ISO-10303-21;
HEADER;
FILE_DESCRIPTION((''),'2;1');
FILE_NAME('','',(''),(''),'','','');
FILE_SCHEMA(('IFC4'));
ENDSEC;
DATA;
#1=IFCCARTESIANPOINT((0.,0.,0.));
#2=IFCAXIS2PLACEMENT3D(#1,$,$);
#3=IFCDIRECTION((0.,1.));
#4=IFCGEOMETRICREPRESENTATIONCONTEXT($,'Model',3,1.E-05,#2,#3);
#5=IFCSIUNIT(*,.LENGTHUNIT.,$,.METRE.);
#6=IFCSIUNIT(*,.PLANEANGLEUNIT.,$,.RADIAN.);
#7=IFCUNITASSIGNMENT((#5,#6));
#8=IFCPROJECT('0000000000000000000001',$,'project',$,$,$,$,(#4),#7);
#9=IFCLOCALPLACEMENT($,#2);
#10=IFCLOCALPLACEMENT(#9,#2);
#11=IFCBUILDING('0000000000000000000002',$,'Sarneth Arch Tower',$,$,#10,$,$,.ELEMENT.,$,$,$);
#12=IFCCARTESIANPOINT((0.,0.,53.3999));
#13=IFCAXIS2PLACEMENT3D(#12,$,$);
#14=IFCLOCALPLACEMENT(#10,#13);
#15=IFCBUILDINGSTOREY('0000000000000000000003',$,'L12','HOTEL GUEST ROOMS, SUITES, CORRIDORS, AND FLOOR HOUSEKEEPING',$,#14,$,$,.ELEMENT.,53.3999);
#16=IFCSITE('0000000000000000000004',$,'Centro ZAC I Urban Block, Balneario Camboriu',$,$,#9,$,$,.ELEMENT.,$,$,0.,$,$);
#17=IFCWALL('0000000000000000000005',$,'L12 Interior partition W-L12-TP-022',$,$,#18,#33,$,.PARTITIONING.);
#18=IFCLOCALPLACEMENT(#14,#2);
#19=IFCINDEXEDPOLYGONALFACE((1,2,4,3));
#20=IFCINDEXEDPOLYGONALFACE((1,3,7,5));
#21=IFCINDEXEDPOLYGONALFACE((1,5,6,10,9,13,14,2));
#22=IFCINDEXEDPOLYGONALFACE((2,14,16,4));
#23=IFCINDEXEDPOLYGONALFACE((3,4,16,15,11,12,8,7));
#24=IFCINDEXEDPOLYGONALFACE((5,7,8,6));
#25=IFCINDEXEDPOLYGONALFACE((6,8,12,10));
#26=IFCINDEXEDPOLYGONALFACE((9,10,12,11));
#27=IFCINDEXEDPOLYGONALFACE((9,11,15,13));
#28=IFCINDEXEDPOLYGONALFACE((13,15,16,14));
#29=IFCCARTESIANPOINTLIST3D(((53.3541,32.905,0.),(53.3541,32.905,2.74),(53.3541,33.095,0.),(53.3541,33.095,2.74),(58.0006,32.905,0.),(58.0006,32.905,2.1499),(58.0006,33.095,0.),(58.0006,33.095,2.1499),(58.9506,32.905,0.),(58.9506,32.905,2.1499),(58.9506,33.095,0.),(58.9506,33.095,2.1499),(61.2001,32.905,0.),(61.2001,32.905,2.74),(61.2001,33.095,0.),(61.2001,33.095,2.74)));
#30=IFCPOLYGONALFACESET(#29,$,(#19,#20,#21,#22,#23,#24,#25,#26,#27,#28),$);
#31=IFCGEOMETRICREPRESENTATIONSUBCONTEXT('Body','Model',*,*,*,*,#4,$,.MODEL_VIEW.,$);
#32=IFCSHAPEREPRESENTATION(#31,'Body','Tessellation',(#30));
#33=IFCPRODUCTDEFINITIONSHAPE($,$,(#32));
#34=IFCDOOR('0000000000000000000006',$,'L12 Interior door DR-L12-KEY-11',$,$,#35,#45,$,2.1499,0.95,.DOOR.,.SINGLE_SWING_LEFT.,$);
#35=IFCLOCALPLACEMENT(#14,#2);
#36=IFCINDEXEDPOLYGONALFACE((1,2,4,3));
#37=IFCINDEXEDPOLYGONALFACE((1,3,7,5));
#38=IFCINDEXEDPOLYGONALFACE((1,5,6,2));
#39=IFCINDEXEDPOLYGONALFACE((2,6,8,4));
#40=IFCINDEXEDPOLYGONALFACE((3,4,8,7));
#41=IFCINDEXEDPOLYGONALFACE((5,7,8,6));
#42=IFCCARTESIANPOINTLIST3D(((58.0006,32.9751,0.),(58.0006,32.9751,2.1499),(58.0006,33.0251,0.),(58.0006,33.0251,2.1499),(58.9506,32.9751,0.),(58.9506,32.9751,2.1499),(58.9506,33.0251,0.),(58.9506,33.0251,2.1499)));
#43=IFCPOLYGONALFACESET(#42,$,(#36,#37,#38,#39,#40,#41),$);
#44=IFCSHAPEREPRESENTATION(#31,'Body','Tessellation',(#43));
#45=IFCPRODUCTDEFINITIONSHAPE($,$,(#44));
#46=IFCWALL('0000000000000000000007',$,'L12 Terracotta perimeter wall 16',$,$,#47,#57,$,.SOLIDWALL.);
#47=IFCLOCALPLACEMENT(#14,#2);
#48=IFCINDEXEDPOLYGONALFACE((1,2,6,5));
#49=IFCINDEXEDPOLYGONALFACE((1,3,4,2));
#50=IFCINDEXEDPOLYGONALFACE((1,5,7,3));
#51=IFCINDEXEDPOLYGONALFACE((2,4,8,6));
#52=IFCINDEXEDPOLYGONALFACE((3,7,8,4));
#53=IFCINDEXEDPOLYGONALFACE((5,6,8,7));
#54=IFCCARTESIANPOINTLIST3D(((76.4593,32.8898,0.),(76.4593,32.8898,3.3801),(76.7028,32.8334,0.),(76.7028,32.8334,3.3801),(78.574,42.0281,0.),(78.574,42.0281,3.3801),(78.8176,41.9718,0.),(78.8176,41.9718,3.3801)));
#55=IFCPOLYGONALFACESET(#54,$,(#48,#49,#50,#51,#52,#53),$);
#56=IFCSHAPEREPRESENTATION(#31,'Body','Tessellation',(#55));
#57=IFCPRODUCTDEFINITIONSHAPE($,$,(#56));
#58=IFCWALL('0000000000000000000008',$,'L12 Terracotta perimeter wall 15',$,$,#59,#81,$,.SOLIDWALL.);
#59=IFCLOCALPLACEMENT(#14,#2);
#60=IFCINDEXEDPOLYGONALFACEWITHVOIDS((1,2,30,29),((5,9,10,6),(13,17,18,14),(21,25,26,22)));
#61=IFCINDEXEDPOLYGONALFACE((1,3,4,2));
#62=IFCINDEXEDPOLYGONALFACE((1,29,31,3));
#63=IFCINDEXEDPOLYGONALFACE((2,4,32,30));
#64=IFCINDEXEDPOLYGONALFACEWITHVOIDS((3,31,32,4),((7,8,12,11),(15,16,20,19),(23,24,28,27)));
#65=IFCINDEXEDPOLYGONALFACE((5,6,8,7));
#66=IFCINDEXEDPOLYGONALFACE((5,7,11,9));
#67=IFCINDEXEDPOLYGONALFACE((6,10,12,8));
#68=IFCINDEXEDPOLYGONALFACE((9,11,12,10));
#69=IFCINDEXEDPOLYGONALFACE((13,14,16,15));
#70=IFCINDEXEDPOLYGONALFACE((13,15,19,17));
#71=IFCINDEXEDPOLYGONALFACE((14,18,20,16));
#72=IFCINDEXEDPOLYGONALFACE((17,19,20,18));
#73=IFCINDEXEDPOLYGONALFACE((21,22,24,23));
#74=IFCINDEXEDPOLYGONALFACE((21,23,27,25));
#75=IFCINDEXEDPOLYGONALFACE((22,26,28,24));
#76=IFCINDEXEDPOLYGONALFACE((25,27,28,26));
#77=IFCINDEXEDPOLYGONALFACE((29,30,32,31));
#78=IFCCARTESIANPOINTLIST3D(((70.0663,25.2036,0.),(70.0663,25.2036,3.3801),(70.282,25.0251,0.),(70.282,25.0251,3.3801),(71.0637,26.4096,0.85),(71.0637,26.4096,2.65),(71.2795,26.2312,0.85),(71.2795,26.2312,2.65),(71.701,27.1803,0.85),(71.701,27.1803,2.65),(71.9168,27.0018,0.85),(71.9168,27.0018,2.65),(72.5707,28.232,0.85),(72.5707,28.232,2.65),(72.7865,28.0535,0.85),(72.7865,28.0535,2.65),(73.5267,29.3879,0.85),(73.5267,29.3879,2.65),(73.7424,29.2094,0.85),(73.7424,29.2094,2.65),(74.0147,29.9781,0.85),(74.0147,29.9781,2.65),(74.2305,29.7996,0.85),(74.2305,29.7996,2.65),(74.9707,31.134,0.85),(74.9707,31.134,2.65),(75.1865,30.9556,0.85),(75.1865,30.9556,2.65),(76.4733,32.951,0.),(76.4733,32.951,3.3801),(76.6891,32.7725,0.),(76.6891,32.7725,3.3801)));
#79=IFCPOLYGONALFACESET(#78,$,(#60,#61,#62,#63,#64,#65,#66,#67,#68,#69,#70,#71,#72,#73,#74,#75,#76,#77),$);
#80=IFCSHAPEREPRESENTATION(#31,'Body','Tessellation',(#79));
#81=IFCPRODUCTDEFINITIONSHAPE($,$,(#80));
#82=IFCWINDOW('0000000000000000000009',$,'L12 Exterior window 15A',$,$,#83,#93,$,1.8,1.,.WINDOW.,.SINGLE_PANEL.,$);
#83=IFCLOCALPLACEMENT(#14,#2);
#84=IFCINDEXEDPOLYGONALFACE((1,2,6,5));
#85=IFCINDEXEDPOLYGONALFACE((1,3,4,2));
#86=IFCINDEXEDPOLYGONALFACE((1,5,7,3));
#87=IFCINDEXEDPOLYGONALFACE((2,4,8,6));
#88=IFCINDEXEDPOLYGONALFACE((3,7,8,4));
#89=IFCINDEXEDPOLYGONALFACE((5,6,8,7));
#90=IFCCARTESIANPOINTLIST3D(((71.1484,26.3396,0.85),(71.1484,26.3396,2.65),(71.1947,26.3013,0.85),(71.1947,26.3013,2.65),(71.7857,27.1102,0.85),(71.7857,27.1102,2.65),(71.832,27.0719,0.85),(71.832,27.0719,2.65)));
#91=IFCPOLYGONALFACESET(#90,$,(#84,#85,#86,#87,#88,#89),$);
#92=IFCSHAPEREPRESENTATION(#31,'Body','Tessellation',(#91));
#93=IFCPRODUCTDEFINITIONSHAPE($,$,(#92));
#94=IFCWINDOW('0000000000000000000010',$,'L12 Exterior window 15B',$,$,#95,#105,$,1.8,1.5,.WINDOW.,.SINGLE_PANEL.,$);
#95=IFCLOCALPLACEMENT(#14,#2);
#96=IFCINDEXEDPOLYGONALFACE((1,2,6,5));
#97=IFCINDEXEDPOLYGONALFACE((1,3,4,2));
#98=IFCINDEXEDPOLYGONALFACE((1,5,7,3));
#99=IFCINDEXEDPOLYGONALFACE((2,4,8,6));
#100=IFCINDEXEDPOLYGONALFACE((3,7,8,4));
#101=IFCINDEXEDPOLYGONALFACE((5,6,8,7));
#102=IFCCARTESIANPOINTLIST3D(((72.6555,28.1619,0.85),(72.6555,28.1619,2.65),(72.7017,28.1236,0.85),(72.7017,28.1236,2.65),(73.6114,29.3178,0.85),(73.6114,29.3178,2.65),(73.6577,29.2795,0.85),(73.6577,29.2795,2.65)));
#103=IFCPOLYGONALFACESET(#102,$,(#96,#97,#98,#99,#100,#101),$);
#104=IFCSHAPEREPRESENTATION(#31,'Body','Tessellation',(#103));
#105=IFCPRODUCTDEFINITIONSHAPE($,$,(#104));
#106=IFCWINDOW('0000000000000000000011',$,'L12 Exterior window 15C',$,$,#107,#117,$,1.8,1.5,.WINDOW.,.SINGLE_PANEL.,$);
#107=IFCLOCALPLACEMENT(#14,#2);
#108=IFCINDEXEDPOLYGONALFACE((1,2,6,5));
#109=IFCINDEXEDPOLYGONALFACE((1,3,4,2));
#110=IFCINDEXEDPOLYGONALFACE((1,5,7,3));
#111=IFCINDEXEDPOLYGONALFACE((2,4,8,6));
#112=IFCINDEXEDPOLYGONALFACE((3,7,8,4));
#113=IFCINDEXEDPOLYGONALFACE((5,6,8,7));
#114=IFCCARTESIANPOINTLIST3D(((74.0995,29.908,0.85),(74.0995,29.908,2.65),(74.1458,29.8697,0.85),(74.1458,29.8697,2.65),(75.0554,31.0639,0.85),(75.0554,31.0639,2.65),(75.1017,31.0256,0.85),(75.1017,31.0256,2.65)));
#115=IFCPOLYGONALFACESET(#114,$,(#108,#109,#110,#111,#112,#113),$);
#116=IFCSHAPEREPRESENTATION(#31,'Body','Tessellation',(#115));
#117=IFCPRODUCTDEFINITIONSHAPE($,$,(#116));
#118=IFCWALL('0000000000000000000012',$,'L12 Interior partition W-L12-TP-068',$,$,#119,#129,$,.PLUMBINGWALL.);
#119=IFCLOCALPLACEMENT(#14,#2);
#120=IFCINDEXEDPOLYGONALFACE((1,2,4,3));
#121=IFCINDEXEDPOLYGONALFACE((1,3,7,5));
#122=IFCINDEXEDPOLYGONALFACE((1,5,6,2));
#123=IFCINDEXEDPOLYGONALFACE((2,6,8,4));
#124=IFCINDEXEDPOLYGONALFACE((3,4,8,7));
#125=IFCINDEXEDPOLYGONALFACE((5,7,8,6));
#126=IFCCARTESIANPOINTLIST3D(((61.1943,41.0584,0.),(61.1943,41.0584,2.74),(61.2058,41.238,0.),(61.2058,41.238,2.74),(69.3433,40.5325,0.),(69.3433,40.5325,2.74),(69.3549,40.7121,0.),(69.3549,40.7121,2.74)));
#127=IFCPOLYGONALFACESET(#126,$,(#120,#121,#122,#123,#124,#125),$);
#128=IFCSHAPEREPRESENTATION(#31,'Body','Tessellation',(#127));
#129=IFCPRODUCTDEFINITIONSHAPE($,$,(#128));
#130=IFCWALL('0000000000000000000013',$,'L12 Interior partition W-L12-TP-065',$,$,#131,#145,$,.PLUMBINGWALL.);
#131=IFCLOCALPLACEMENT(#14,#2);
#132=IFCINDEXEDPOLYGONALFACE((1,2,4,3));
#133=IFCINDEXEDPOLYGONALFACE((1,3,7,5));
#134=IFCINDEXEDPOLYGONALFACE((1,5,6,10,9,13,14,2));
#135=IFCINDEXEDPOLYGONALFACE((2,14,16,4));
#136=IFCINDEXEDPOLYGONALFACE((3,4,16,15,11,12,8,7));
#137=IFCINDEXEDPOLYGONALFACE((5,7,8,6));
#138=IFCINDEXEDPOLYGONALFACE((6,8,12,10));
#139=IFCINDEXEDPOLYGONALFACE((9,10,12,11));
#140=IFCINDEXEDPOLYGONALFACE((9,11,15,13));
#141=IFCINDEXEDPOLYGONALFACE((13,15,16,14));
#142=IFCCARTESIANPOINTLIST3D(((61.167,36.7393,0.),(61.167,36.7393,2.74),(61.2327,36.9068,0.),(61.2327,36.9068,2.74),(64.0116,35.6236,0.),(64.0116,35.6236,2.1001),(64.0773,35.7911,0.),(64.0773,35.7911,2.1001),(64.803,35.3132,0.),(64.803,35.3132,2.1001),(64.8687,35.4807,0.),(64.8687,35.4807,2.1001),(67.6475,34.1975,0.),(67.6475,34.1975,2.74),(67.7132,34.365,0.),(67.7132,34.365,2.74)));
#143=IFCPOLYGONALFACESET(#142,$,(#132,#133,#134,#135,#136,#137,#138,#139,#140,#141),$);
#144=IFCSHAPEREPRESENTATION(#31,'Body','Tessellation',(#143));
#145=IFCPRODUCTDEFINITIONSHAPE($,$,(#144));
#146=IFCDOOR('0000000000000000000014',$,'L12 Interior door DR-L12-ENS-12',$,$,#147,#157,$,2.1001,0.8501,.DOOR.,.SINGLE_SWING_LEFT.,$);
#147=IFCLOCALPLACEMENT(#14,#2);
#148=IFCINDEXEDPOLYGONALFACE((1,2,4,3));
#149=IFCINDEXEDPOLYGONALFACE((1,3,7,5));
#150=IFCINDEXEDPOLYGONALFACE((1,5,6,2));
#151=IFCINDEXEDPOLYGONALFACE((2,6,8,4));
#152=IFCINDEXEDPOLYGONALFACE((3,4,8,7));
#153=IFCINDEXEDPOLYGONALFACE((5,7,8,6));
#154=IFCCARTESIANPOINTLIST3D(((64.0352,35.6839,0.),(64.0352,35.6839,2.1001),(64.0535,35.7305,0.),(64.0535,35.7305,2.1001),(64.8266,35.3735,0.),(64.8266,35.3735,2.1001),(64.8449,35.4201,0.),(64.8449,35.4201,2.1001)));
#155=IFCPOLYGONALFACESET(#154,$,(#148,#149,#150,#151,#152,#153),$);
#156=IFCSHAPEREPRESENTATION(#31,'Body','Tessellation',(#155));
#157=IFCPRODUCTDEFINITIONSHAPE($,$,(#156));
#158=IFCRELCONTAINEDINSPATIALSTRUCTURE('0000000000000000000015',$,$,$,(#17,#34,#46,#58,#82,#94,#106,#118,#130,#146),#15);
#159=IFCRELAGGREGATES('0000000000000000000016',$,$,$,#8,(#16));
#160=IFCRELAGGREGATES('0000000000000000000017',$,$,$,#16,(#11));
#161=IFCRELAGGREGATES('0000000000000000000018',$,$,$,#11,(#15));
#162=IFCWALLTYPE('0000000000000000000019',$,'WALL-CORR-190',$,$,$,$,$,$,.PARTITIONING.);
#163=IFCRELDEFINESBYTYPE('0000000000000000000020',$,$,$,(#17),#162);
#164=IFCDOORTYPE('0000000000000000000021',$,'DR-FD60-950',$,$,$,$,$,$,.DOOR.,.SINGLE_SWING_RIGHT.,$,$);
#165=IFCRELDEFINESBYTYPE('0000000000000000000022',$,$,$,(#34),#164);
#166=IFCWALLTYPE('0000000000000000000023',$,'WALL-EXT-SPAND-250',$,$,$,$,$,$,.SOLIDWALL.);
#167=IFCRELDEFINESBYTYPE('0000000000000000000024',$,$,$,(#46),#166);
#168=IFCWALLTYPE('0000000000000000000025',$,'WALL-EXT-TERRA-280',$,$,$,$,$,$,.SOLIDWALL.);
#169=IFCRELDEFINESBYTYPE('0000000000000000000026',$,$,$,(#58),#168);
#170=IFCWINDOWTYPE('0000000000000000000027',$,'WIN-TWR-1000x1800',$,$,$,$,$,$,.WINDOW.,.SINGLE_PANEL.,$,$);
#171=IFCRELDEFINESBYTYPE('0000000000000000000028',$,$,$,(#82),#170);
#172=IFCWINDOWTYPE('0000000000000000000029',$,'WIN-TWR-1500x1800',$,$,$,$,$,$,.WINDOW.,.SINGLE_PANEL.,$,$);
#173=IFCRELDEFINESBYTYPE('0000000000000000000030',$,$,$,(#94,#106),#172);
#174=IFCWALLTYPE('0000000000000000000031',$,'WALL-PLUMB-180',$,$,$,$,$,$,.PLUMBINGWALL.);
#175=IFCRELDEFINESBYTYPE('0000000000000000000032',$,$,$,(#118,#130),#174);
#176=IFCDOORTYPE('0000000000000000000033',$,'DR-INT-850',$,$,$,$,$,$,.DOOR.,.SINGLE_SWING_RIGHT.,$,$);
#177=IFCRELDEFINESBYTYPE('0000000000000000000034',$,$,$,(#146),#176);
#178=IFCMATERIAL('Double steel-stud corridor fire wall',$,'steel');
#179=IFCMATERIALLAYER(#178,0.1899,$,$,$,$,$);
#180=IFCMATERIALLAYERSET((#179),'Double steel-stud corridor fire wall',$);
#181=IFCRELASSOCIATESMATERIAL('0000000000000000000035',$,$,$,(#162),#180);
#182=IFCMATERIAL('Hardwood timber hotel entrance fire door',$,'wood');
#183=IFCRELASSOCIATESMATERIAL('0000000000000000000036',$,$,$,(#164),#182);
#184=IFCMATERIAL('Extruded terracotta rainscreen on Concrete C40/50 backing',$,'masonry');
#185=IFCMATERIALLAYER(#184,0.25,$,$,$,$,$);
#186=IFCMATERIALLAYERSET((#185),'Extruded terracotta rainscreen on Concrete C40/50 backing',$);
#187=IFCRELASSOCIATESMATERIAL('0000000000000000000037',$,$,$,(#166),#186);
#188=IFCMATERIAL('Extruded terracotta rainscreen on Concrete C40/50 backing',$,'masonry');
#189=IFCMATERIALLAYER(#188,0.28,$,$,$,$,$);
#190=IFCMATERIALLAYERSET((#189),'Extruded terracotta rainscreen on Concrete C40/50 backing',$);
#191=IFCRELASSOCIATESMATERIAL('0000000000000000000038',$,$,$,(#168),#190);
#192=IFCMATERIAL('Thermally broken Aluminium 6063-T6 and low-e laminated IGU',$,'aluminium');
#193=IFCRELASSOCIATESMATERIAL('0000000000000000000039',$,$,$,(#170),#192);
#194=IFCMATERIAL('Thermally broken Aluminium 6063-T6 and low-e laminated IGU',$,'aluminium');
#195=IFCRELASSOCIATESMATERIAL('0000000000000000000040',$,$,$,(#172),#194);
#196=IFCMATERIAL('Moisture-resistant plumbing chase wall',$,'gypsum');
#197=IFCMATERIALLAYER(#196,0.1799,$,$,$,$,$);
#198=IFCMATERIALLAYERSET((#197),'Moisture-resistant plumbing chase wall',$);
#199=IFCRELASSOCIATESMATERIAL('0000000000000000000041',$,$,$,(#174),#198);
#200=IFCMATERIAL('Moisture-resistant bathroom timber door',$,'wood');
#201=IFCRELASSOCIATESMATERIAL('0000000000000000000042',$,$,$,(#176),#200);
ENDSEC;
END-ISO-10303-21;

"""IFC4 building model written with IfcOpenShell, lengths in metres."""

from ifc_helpers import new_model, si_unit, direction, frame, frame_2d, origin, place, context, subcontext, project, spatial, rectangle, extrude, material, layer, layer_set, type_object, element, fill, save


model = new_model("IFC4")

# Units and contexts
model_context = context("Model", 3, precision=1e-05, world=origin(), true_north=direction((0.0, 1.0)))
body_context = subcontext(model_context, "Body", "Model", "MODEL_VIEW")
ifc_project = project(units=[si_unit("LENGTHUNIT", "METRE"), si_unit("PLANEANGLEUNIT", "RADIAN")], contexts=[model_context])

# Site, building, storey
site_placement = place(None, origin())
site = spatial("IfcSite", under=ifc_project, at=site_placement, Name="Centro ZAC I Urban Block, Balneario Camboriu", CompositionType="ELEMENT", RefElevation=0.0)
building_placement = place(site_placement, origin())
building = spatial("IfcBuilding", under=site, at=building_placement, Name="Sarneth Arch Tower", CompositionType="ELEMENT")
storey_placement = place(building_placement, frame((0.0, 0.0, 53.3999)))
storey = spatial("IfcBuildingStorey", under=building, at=storey_placement, Name="L12", Description="HOTEL GUEST ROOMS, SUITES, CORRIDORS, AND FLOOR HOUSEKEEPING", CompositionType="ELEMENT", Elevation=53.3999)

# Wall, opening, door
ifc_material_1 = material(Name="Double steel-stud corridor fire wall", Category="steel")
ifc_layer_1 = layer(ifc_material_1, 0.1899)
ifc_layer_set_1 = layer_set([ifc_layer_1], Name="Double steel-stud corridor fire wall")
wall_type_1 = type_object("IfcWallType", Name="WALL-CORR-190", PredefinedType="PARTITIONING", material=ifc_layer_set_1)
wall_1_placement = place(storey_placement, frame((61.2, 33.0, 0.0), z_axis=(0.0, 0.0, 1.0), x_axis=(-1.0, 0.0, 0.0)))
wall_1 = element("IfcWall", 1, at=wall_1_placement, inside=storey, type_object=wall_type_1, Name="L12 Interior partition W-L12-TP-022", PredefinedType="PARTITIONING", context=body_context, shape_type="SweptSolid", body=[
    extrude(rectangle(XDim=7.8459, YDim=0.1899, at=frame_2d((3.9229, 0.0))), origin(), (0.0, 0.0, 1.0), 2.74),
])
opening_1_placement = place(wall_1_placement, frame((2.2493, 0.0, 0.0)))
opening_1 = element("IfcOpeningElement", 2, at=opening_1_placement, cuts=wall_1, PredefinedType="OPENING", context=body_context, shape_type="SweptSolid", body=[
    extrude(rectangle(XDim=0.95, YDim=2.1499, at=frame_2d((0.4751, 1.075))), frame((0.0, 0.105, 0.0), z_axis=(0.0, -1.0, 0.0), x_axis=(1.0, 0.0, 0.0)), (0.0, 0.0, 1.0), 0.21),
])
ifc_material_2 = material(Name="Hardwood timber hotel entrance fire door", Category="wood")
door_type_1 = type_object("IfcDoorType", Name="DR-FD60-950", OperationType="SINGLE_SWING_RIGHT", PredefinedType="DOOR", material=ifc_material_2)
door_1_placement = place(opening_1_placement, origin())
door_1 = element("IfcDoor", 3, at=door_1_placement, inside=storey, type_object=door_type_1, Name="L12 Interior door DR-L12-KEY-11", OperationType="SINGLE_SWING_LEFT", OverallHeight=2.1499, OverallWidth=0.95, PredefinedType="DOOR", context=body_context, shape_type="SweptSolid", body=[
    extrude(rectangle(XDim=0.95, YDim=2.1499, at=frame_2d((0.4751, 1.075))), frame((0.0, 0.0249, 0.0), z_axis=(0.0, -1.0, 0.0), x_axis=(1.0, 0.0, 0.0)), (0.0, 0.0, 1.0), 0.05),
])
fill(opening_1, door_1)

# Wall
ifc_material_3 = material(Name="Extruded terracotta rainscreen on Concrete C40/50 backing", Category="masonry")
ifc_layer_2 = layer(ifc_material_3, 0.25)
ifc_layer_set_2 = layer_set([ifc_layer_2], Name="Extruded terracotta rainscreen on Concrete C40/50 backing")
wall_type_2 = type_object("IfcWallType", Name="WALL-EXT-SPAND-250", PredefinedType="SOLIDWALL", material=ifc_layer_set_2)
wall_2_placement = place(storey_placement, frame((76.5811, 32.8616, 0.0), z_axis=(0.0, 0.0, 1.0), x_axis=(0.225454, 0.974254, 0.0)))
element("IfcWall", 4, at=wall_2_placement, inside=storey, type_object=wall_type_2, Name="L12 Terracotta perimeter wall 16", PredefinedType="SOLIDWALL", context=body_context, shape_type="SweptSolid", body=[
    extrude(rectangle(XDim=9.3799, YDim=0.25, at=frame_2d((4.6899, 0.0))), origin(), (0.0, 0.0, 1.0), 3.3801),
])

# Wall, openings, windows
ifc_material_4 = material(Name="Extruded terracotta rainscreen on Concrete C40/50 backing", Category="masonry")
ifc_layer_3 = layer(ifc_material_4, 0.28)
ifc_layer_set_3 = layer_set([ifc_layer_3], Name="Extruded terracotta rainscreen on Concrete C40/50 backing")
wall_type_3 = type_object("IfcWallType", Name="WALL-EXT-TERRA-280", PredefinedType="SOLIDWALL", material=ifc_layer_set_3)
wall_3_placement = place(storey_placement, frame((70.1741, 25.1143, 0.0), z_axis=(0.0, 0.0, 1.0), x_axis=(0.637297, 0.770618, 0.0)))
wall_3 = element("IfcWall", 5, at=wall_3_placement, inside=storey, type_object=wall_type_3, Name="L12 Terracotta perimeter wall 15", PredefinedType="SOLIDWALL", context=body_context, shape_type="SweptSolid", body=[
    extrude(rectangle(XDim=10.0535, YDim=0.28, at=frame_2d((5.0269, 0.0))), origin(), (0.0, 0.0, 1.0), 3.3801),
])
opening_2_placement = place(wall_3_placement, frame((1.5652, 0.0, 0.8501)))
opening_2 = element("IfcOpeningElement", 6, at=opening_2_placement, cuts=wall_3, PredefinedType="OPENING", context=body_context, shape_type="SweptSolid", body=[
    extrude(rectangle(XDim=1.0, YDim=1.8, at=frame_2d((0.5, 0.8999))), frame((0.0, 0.1499, 0.0), z_axis=(0.0, -1.0, 0.0), x_axis=(1.0, 0.0, 0.0)), (0.0, 0.0, 1.0), 0.3),
])
opening_3_placement = place(wall_3_placement, frame((3.9299, 0.0, 0.8501)))
opening_3 = element("IfcOpeningElement", 7, at=opening_3_placement, cuts=wall_3, PredefinedType="OPENING", context=body_context, shape_type="SweptSolid", body=[
    extrude(rectangle(XDim=1.5, YDim=1.8, at=frame_2d((0.75, 0.8999))), frame((0.0, 0.1499, 0.0), z_axis=(0.0, -1.0, 0.0), x_axis=(1.0, 0.0, 0.0)), (0.0, 0.0, 1.0), 0.3),
])
opening_4_placement = place(wall_3_placement, frame((6.1958, 0.0, 0.8501)))
opening_4 = element("IfcOpeningElement", 8, at=opening_4_placement, cuts=wall_3, PredefinedType="OPENING", context=body_context, shape_type="SweptSolid", body=[
    extrude(rectangle(XDim=1.5, YDim=1.8, at=frame_2d((0.75, 0.8999))), frame((0.0, 0.1499, 0.0), z_axis=(0.0, -1.0, 0.0), x_axis=(1.0, 0.0, 0.0)), (0.0, 0.0, 1.0), 0.3),
])
ifc_material_5 = material(Name="Thermally broken Aluminium 6063-T6 and low-e laminated IGU", Category="aluminium")
window_type_1 = type_object("IfcWindowType", Name="WIN-TWR-1000x1800", PartitioningType="SINGLE_PANEL", PredefinedType="WINDOW", material=ifc_material_5)
window_1_placement = place(opening_2_placement, origin())
window_1 = element("IfcWindow", 9, at=window_1_placement, inside=storey, type_object=window_type_1, Name="L12 Exterior window 15A", OverallHeight=1.8, OverallWidth=1.0, PartitioningType="SINGLE_PANEL", PredefinedType="WINDOW", context=body_context, shape_type="SweptSolid", body=[
    extrude(rectangle(XDim=1.0, YDim=1.8, at=frame_2d((0.5, 0.8999))), frame((0.0, 0.03, 0.0), z_axis=(0.0, -1.0, 0.0), x_axis=(1.0, 0.0, 0.0)), (0.0, 0.0, 1.0), 0.0601),
])
fill(opening_2, window_1)
ifc_material_6 = material(Name="Thermally broken Aluminium 6063-T6 and low-e laminated IGU", Category="aluminium")
window_type_2 = type_object("IfcWindowType", Name="WIN-TWR-1500x1800", PartitioningType="SINGLE_PANEL", PredefinedType="WINDOW", material=ifc_material_6)
window_2_placement = place(opening_3_placement, origin())
window_2 = element("IfcWindow", 10, at=window_2_placement, inside=storey, type_object=window_type_2, Name="L12 Exterior window 15B", OverallHeight=1.8, OverallWidth=1.5, PartitioningType="SINGLE_PANEL", PredefinedType="WINDOW", context=body_context, shape_type="SweptSolid", body=[
    extrude(rectangle(XDim=1.5, YDim=1.8, at=frame_2d((0.75, 0.8999))), frame((0.0, 0.03, 0.0), z_axis=(0.0, -1.0, 0.0), x_axis=(1.0, 0.0, 0.0)), (0.0, 0.0, 1.0), 0.0601),
])
fill(opening_3, window_2)
window_3_placement = place(opening_4_placement, origin())
window_3 = element("IfcWindow", 11, at=window_3_placement, inside=storey, type_object=window_type_2, Name="L12 Exterior window 15C", OverallHeight=1.8, OverallWidth=1.5, PartitioningType="SINGLE_PANEL", PredefinedType="WINDOW", context=body_context, shape_type="SweptSolid", body=[
    extrude(rectangle(XDim=1.5, YDim=1.8, at=frame_2d((0.75, 0.8999))), frame((0.0, 0.03, 0.0), z_axis=(0.0, -1.0, 0.0), x_axis=(1.0, 0.0, 0.0)), (0.0, 0.0, 1.0), 0.0601),
])
fill(opening_4, window_3)

# Wall
ifc_material_7 = material(Name="Moisture-resistant plumbing chase wall", Category="gypsum")
ifc_layer_4 = layer(ifc_material_7, 0.1799)
ifc_layer_set_4 = layer_set([ifc_layer_4], Name="Moisture-resistant plumbing chase wall")
wall_type_4 = type_object("IfcWallType", Name="WALL-PLUMB-180", PredefinedType="PLUMBINGWALL", material=ifc_layer_set_4)
wall_4_placement = place(storey_placement, frame((69.3491, 40.6223, 0.0), z_axis=(0.0, 0.0, 1.0), x_axis=(-0.997924, 0.064398, 0.0)))
element("IfcWall", 12, at=wall_4_placement, inside=storey, type_object=wall_type_4, Name="L12 Interior partition W-L12-TP-068", PredefinedType="PLUMBINGWALL", context=body_context, shape_type="SweptSolid", body=[
    extrude(rectangle(XDim=8.166, YDim=0.1799, at=frame_2d((4.083, 0.0))), origin(), (0.0, 0.0, 1.0), 2.74),
])

# Wall, opening, door
wall_5_placement = place(storey_placement, frame((61.2, 36.823, 0.0), z_axis=(0.0, 0.0, 1.0), x_axis=(0.930954, -0.365136, 0.0)))
wall_5 = element("IfcWall", 13, at=wall_5_placement, inside=storey, type_object=wall_type_4, Name="L12 Interior partition W-L12-TP-065", PredefinedType="PLUMBINGWALL", context=body_context, shape_type="SweptSolid", body=[
    extrude(rectangle(XDim=6.9612, YDim=0.1799, at=frame_2d((3.4805, 0.0))), origin(), (0.0, 0.0, 1.0), 2.74),
])
opening_5_placement = place(wall_5_placement, frame((3.0554, 0.0, 0.0)))
opening_5 = element("IfcOpeningElement", 14, at=opening_5_placement, cuts=wall_5, PredefinedType="OPENING", context=body_context, shape_type="SweptSolid", body=[
    extrude(rectangle(XDim=0.8501, YDim=2.1001, at=frame_2d((0.425, 1.05))), frame((0.0, 0.0999, 0.0), z_axis=(0.0, -1.0, 0.0), x_axis=(1.0, 0.0, 0.0)), (0.0, 0.0, 1.0), 0.2),
])
ifc_material_8 = material(Name="Moisture-resistant bathroom timber door", Category="wood")
door_type_2 = type_object("IfcDoorType", Name="DR-INT-850", OperationType="SINGLE_SWING_RIGHT", PredefinedType="DOOR", material=ifc_material_8)
door_2_placement = place(opening_5_placement, origin())
door_2 = element("IfcDoor", 15, at=door_2_placement, inside=storey, type_object=door_type_2, Name="L12 Interior door DR-L12-ENS-12", OperationType="SINGLE_SWING_LEFT", OverallHeight=2.1001, OverallWidth=0.8501, PredefinedType="DOOR", context=body_context, shape_type="SweptSolid", body=[
    extrude(rectangle(XDim=0.8501, YDim=2.1001, at=frame_2d((0.425, 1.05))), frame((0.0, 0.0249, 0.0), z_axis=(0.0, -1.0, 0.0), x_axis=(1.0, 0.0, 0.0)), (0.0, 0.0, 1.0), 0.05),
])
fill(opening_5, door_2)

save(model, "model.ifc")
